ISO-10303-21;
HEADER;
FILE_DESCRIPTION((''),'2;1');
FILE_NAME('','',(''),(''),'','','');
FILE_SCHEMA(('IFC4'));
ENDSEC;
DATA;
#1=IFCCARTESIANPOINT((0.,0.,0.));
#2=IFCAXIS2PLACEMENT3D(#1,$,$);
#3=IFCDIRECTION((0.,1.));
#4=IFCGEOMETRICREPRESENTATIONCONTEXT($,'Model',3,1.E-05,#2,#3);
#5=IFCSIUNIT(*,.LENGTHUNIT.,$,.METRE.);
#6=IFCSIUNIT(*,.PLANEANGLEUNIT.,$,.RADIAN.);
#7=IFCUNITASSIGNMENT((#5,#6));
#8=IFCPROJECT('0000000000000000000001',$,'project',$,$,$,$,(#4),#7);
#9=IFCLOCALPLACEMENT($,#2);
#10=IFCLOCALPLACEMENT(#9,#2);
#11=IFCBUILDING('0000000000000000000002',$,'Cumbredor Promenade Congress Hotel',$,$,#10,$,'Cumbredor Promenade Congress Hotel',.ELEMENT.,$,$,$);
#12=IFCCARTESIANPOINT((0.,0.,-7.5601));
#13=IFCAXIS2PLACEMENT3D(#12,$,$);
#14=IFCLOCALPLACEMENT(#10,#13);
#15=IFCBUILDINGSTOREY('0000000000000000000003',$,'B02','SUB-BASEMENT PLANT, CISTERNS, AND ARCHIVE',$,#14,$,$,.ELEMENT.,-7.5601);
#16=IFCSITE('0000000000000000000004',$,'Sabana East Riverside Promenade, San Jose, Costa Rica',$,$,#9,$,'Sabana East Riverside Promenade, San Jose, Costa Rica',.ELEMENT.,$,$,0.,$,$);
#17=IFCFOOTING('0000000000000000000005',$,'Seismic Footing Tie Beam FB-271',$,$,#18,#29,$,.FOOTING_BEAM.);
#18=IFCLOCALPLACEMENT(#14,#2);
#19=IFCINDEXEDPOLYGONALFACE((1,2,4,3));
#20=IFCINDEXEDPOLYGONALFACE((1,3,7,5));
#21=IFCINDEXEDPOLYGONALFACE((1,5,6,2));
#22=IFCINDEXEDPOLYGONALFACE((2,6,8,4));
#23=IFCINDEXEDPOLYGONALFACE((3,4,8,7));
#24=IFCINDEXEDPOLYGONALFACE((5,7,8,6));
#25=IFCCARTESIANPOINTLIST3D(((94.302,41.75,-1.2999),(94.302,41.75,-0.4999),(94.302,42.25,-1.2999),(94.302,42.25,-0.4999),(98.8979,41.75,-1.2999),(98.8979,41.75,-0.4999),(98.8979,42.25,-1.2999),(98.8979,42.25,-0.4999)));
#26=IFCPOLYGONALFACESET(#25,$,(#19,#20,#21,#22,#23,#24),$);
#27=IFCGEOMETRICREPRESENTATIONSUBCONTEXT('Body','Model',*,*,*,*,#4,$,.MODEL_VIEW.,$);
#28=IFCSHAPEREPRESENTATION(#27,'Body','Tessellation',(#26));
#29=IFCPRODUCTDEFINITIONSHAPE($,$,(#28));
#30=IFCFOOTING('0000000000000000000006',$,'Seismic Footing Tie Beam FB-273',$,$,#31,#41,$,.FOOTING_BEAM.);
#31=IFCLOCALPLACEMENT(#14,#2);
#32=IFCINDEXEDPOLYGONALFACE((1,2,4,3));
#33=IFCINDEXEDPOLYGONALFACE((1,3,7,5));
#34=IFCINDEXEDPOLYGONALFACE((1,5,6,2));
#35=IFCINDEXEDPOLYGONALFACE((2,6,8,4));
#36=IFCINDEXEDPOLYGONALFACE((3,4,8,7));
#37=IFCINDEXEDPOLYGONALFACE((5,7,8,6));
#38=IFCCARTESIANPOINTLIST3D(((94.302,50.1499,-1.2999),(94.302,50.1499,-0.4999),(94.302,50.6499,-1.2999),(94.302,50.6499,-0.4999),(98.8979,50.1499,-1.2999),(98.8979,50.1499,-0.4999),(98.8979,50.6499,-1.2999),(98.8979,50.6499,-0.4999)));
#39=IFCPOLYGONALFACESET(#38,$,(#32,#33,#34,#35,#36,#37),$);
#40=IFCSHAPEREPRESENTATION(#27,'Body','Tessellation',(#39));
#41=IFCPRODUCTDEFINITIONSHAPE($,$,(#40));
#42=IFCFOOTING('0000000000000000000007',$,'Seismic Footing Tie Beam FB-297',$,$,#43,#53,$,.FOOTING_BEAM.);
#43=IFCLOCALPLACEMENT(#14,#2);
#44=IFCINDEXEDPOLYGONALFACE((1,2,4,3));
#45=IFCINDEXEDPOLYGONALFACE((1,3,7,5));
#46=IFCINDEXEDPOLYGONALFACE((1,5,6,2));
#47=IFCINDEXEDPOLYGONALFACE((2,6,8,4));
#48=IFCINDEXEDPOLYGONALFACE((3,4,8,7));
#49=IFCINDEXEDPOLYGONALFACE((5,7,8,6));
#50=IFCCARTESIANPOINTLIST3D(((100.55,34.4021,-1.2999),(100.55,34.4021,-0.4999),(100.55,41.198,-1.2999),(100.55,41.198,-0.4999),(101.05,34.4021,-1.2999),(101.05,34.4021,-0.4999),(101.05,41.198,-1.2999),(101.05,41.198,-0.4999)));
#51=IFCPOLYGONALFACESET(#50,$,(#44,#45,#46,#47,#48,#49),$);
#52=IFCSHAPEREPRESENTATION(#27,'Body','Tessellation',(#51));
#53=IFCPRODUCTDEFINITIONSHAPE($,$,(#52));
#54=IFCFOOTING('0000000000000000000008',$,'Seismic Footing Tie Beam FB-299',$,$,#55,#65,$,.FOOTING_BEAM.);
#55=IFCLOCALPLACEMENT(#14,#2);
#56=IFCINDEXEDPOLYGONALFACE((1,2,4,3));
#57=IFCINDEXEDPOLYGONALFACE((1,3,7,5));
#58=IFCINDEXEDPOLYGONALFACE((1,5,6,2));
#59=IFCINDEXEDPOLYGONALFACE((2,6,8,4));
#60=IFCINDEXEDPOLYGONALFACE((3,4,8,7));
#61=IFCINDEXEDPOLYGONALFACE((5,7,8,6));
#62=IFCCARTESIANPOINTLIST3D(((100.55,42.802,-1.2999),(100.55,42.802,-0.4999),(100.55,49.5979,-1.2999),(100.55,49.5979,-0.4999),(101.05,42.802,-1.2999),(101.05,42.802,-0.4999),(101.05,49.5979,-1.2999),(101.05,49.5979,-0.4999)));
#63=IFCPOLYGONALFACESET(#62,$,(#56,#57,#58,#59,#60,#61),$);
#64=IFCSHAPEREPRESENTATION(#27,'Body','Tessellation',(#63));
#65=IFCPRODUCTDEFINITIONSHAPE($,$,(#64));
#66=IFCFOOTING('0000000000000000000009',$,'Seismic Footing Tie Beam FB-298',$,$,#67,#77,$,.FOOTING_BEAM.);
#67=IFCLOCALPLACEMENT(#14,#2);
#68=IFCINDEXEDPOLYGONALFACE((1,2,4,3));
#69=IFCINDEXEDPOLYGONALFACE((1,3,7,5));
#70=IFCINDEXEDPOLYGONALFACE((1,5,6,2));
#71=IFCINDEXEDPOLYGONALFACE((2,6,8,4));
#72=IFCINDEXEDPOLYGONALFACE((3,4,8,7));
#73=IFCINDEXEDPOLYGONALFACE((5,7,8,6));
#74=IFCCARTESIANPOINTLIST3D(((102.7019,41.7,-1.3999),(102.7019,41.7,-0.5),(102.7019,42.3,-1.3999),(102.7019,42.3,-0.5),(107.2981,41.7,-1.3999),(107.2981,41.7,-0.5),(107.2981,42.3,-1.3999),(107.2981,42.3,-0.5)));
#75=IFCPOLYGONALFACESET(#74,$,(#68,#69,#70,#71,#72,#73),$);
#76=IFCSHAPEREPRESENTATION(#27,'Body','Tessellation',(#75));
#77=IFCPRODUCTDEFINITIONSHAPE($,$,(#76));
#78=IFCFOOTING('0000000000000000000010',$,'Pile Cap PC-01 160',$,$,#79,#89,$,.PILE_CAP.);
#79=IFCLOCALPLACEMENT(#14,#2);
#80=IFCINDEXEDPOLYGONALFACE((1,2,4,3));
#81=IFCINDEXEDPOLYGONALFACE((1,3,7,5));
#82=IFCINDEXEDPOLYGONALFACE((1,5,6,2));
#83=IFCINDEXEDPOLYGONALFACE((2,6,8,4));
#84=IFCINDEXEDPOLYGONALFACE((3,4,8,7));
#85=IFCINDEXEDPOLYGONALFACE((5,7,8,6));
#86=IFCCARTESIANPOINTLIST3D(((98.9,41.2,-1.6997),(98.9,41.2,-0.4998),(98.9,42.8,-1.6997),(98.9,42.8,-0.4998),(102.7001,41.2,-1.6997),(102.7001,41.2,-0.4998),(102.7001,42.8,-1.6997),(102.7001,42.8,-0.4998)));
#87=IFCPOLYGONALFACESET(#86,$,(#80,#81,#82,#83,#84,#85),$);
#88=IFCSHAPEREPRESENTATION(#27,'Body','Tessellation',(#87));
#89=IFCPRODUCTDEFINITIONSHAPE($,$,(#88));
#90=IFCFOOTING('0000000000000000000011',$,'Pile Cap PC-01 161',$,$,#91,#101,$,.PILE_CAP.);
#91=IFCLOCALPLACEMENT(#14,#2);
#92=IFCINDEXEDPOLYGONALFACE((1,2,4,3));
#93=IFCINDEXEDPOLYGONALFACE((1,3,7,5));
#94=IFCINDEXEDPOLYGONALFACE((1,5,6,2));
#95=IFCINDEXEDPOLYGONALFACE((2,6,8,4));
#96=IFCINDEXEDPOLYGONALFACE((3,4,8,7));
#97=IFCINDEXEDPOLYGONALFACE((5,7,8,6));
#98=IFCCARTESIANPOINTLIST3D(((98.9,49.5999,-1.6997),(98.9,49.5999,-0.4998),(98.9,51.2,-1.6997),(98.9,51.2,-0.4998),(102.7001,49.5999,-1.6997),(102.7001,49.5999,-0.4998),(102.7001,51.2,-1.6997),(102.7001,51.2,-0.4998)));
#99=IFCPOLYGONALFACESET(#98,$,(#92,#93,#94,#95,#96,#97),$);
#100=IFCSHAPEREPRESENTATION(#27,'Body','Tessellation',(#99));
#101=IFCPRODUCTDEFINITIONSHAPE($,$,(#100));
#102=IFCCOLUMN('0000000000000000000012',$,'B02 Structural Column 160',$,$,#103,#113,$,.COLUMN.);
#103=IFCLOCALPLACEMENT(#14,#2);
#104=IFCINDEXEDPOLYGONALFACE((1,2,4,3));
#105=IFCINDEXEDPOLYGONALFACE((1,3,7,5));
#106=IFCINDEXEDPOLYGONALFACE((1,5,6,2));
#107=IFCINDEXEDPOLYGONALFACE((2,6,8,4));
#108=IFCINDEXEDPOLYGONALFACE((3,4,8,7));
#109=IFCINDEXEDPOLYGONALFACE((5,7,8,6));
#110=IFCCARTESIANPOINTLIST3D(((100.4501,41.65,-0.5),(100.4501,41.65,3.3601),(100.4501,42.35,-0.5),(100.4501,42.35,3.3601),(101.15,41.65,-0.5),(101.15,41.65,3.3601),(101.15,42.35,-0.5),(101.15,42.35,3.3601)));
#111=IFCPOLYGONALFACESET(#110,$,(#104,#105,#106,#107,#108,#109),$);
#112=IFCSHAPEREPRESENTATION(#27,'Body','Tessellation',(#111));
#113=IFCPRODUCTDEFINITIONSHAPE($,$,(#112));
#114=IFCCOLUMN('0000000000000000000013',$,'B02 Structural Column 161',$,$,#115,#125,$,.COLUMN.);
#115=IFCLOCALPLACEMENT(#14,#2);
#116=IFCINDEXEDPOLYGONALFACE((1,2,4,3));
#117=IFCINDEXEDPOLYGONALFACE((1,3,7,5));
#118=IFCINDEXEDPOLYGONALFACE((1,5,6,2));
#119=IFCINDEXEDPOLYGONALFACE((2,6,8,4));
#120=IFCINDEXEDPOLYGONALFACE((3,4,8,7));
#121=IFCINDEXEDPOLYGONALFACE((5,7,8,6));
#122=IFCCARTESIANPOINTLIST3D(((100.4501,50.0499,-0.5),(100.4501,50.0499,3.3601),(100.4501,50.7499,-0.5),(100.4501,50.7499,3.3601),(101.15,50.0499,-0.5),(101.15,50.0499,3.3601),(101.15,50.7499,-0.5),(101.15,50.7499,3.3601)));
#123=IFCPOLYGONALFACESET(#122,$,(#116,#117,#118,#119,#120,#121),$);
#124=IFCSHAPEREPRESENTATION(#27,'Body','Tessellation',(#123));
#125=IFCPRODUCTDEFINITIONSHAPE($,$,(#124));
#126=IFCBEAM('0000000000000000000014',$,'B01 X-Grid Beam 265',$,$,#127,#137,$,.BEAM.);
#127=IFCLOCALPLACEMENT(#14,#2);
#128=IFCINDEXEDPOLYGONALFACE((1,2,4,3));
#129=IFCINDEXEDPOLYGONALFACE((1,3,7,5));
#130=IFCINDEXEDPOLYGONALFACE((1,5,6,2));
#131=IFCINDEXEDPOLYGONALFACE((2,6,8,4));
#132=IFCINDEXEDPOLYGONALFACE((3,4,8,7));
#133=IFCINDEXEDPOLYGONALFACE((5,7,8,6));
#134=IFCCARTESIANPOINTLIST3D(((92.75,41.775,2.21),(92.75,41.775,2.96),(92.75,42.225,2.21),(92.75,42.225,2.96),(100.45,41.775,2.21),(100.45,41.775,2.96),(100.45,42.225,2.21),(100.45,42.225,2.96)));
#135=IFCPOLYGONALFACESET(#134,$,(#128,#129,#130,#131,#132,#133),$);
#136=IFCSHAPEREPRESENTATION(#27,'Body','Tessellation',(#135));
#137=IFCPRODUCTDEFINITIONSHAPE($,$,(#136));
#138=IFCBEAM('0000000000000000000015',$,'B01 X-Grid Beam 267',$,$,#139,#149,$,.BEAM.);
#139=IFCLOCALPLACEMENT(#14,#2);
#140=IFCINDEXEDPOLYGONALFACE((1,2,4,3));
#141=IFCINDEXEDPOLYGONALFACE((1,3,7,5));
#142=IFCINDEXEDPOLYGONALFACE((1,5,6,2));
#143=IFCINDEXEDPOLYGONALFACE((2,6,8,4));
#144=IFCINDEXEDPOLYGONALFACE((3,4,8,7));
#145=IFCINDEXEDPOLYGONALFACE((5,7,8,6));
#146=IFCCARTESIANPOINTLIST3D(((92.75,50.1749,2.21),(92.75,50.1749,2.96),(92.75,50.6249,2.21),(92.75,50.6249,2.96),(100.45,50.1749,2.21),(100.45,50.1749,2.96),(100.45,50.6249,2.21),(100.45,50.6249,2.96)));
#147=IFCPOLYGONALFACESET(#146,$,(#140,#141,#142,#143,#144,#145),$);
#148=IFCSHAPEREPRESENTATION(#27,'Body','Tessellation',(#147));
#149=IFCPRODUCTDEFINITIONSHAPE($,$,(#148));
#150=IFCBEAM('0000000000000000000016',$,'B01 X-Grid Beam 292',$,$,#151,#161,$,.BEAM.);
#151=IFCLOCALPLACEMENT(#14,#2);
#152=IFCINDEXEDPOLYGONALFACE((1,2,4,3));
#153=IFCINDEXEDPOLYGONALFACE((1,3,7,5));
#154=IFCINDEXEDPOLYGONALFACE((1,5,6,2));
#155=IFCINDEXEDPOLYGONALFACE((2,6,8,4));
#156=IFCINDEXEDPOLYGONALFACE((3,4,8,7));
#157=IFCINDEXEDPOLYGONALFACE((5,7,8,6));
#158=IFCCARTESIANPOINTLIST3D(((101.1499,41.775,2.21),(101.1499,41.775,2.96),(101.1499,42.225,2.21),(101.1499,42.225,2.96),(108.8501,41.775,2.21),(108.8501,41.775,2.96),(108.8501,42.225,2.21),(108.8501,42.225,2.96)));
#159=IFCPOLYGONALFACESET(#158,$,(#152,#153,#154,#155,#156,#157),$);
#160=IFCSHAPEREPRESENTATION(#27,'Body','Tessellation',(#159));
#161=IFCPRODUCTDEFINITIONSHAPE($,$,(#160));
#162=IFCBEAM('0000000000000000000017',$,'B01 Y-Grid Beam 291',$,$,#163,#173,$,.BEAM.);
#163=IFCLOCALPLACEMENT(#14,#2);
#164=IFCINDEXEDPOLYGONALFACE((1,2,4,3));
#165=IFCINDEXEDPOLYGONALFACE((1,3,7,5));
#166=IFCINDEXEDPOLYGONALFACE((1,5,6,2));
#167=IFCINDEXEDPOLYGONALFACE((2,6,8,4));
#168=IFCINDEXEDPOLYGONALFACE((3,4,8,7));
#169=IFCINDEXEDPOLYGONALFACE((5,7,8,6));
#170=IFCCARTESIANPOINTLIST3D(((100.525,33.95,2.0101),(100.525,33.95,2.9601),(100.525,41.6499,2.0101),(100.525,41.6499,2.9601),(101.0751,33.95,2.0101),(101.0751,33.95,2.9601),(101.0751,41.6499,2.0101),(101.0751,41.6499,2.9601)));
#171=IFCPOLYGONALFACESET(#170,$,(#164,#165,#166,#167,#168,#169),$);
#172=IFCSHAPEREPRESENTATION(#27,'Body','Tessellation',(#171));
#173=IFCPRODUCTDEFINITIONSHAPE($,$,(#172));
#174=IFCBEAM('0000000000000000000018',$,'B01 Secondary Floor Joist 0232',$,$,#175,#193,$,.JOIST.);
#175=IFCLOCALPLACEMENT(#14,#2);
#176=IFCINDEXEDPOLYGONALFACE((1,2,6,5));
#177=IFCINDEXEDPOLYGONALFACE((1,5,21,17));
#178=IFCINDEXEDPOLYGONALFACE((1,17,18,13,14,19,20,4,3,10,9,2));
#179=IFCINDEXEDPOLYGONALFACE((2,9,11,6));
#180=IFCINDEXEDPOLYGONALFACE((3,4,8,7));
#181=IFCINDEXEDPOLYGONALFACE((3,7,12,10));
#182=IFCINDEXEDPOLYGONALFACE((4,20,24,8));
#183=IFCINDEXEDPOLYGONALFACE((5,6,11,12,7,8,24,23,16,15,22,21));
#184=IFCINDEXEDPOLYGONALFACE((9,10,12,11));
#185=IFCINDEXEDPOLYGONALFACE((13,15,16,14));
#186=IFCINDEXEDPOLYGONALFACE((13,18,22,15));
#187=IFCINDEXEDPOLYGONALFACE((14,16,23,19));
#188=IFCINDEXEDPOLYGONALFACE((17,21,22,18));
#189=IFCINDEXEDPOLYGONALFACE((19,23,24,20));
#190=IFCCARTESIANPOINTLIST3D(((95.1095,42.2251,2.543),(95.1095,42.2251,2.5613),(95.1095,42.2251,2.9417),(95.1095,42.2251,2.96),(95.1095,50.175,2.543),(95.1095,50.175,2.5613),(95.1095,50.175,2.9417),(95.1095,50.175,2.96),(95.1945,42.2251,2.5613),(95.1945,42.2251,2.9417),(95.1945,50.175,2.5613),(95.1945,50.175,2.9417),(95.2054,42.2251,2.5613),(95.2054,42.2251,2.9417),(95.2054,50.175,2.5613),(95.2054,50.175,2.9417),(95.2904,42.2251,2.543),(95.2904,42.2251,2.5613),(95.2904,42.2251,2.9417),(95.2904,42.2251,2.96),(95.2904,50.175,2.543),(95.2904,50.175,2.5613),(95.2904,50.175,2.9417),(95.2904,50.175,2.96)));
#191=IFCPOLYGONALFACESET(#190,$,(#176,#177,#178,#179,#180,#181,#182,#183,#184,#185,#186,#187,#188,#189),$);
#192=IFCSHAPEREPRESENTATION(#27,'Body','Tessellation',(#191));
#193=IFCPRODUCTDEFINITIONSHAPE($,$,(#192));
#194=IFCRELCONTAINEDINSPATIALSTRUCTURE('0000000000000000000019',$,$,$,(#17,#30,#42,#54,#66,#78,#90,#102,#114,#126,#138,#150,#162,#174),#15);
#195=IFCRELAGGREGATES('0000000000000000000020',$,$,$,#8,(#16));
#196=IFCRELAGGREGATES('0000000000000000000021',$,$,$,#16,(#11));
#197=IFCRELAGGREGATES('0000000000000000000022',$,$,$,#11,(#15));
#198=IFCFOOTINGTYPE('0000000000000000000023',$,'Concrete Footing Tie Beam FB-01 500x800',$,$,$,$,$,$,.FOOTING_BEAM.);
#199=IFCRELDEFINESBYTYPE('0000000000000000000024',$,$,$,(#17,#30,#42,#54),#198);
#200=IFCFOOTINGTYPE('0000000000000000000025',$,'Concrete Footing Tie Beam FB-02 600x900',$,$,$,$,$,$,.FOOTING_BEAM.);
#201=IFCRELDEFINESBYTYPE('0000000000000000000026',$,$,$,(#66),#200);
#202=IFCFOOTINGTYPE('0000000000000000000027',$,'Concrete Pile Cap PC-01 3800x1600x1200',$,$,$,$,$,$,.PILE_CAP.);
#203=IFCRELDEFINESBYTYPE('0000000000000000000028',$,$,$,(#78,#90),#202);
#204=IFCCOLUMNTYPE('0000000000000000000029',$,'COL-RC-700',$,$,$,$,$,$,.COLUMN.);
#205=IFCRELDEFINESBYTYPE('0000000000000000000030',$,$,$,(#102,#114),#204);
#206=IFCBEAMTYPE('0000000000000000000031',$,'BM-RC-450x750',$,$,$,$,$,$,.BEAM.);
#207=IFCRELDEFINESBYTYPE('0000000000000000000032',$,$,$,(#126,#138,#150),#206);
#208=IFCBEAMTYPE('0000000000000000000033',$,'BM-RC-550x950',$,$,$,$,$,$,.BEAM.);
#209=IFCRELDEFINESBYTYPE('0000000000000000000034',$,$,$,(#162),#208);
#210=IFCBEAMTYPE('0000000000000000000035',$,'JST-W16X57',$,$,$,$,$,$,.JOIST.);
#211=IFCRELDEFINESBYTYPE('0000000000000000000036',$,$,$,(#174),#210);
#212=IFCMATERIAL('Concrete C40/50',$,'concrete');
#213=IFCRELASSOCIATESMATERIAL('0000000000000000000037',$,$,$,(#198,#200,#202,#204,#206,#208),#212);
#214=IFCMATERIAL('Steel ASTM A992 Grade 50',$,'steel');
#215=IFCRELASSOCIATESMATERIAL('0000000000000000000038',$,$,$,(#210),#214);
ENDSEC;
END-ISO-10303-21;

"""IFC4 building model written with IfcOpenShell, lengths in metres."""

from ifc_helpers import new_model, si_unit, direction, frame, origin, origin_2d, place, context, subcontext, project, spatial, rectangle, i_section, extrude, material, material_profile, profile_set, type_object, element, save


model = new_model("IFC4")

# Units and contexts
model_context = context("Model", 3, precision=1e-05, world=origin(), true_north=direction((0.0, 1.0)))
body_context = subcontext(model_context, "Body", "Model", "MODEL_VIEW")
ifc_project = project(units=[si_unit("LENGTHUNIT", "METRE"), si_unit("PLANEANGLEUNIT", "RADIAN")], contexts=[model_context])

# Site, building, storey
site_placement = place(None, origin())
site = spatial("IfcSite", under=ifc_project, at=site_placement, Name="Sabana East Riverside Promenade, San Jose, Costa Rica", LongName="Sabana East Riverside Promenade, San Jose, Costa Rica", CompositionType="ELEMENT", RefElevation=0.0)
building_placement = place(site_placement, origin())
building = spatial("IfcBuilding", under=site, at=building_placement, Name="Cumbredor Promenade Congress Hotel", LongName="Cumbredor Promenade Congress Hotel", CompositionType="ELEMENT")
storey_placement = place(building_placement, frame((0.0, 0.0, -7.5601)))
storey = spatial("IfcBuildingStorey", under=building, at=storey_placement, Name="B02", Description="SUB-BASEMENT PLANT, CISTERNS, AND ARCHIVE", CompositionType="ELEMENT", Elevation=-7.5601)

# Shared definitions
ifc_material_1 = material(Name="Concrete C40/50", Category="concrete")

# Footings
ifc_material_profile_1 = material_profile(ifc_material_1, rectangle(XDim=0.5, YDim=0.8, at=origin_2d()), Name="FB 500x800")
ifc_profile_set_1 = profile_set([ifc_material_profile_1], Name="Concrete C40/50")
footing_type_1 = type_object("IfcFootingType", Name="Concrete Footing Tie Beam FB-01 500x800", PredefinedType="FOOTING_BEAM", material=ifc_profile_set_1)
for number, where, z_axis, x_axis, name in (
    (1, (94.302, 42.0, -0.8999), (1.0, 0.0, 0.0), (0.0, 1.0, 0.0), "Seismic Footing Tie Beam FB-271"),
    (2, (94.302, 50.3999, -0.8999), (1.0, 0.0, 0.0), (0.0, 1.0, 0.0), "Seismic Footing Tie Beam FB-273"),
):
    element("IfcFooting", number, at=place(storey_placement, frame(where, z_axis=z_axis, x_axis=x_axis)), inside=storey, type_object=footing_type_1, Name=name, PredefinedType="FOOTING_BEAM", context=body_context, shape_type="SweptSolid", body=[
        extrude(rectangle(XDim=0.5, YDim=0.8, at=origin_2d()), origin(), (0.0, 0.0, 1.0), 4.5959),
    ])
for number, where, z_axis, x_axis, name in (
    (3, (100.8, 34.4021, -0.8999), (0.0, 1.0, 0.0), (-1.0, 0.0, 0.0), "Seismic Footing Tie Beam FB-297"),
    (4, (100.8, 42.802, -0.8999), (0.0, 1.0, 0.0), (-1.0, 0.0, 0.0), "Seismic Footing Tie Beam FB-299"),
):
    element("IfcFooting", number, at=place(storey_placement, frame(where, z_axis=z_axis, x_axis=x_axis)), inside=storey, type_object=footing_type_1, Name=name, PredefinedType="FOOTING_BEAM", context=body_context, shape_type="SweptSolid", body=[
        extrude(rectangle(XDim=0.5, YDim=0.8, at=origin_2d()), origin(), (0.0, 0.0, 1.0), 6.7959),
    ])
ifc_material_profile_2 = material_profile(ifc_material_1, rectangle(XDim=0.6001, YDim=0.8999, at=origin_2d()), Name="FB 600x900")
ifc_profile_set_2 = profile_set([ifc_material_profile_2], Name="Concrete C40/50")
footing_type_2 = type_object("IfcFootingType", Name="Concrete Footing Tie Beam FB-02 600x900", PredefinedType="FOOTING_BEAM", material=ifc_profile_set_2)
footing_placement = place(storey_placement, frame((102.7019, 42.0, -0.95), z_axis=(1.0, 0.0, 0.0), x_axis=(0.0, 1.0, 0.0)))
element("IfcFooting", 5, at=footing_placement, inside=storey, type_object=footing_type_2, Name="Seismic Footing Tie Beam FB-298", PredefinedType="FOOTING_BEAM", context=body_context, shape_type="SweptSolid", body=[
    extrude(rectangle(XDim=0.6001, YDim=0.8999, at=origin_2d()), origin(), (0.0, 0.0, 1.0), 4.5962),
])
footing_type_3 = type_object("IfcFootingType", Name="Concrete Pile Cap PC-01 3800x1600x1200", PredefinedType="PILE_CAP", material=ifc_material_1)
for number, where, z_axis, x_axis, name in (
    (6, (100.8, 42.0, -1.6997), (0.0, 0.0, 1.0), (1.0, 0.0, 0.0), "Pile Cap PC-01 160"),
    (7, (100.8, 50.3999, -1.6997), (0.0, 0.0, 1.0), (1.0, 0.0, 0.0), "Pile Cap PC-01 161"),
):
    element("IfcFooting", number, at=place(storey_placement, frame(where, z_axis=z_axis, x_axis=x_axis)), inside=storey, type_object=footing_type_3, Name=name, PredefinedType="PILE_CAP", context=body_context, shape_type="SweptSolid", body=[
        extrude(rectangle(XDim=3.8, YDim=1.6001, at=origin_2d()), origin(), (0.0, 0.0, 1.0), 1.2),
    ])

# Columns
ifc_material_profile_3 = material_profile(ifc_material_1, rectangle(XDim=0.7, YDim=0.7, at=origin_2d()), Name="RC 700x700")
ifc_profile_set_3 = profile_set([ifc_material_profile_3], Name="Concrete C40/50")
column_type = type_object("IfcColumnType", Name="COL-RC-700", PredefinedType="COLUMN", material=ifc_profile_set_3)
for number, where, z_axis, x_axis, name in (
    (8, (100.8, 42.0, -0.5), (0.0, 0.0, 1.0), (1.0, 0.0, 0.0), "B02 Structural Column 160"),
    (9, (100.8, 50.3999, -0.5), (0.0, 0.0, 1.0), (1.0, 0.0, 0.0), "B02 Structural Column 161"),
):
    element("IfcColumn", number, at=place(storey_placement, frame(where, z_axis=z_axis, x_axis=x_axis)), inside=storey, type_object=column_type, Name=name, PredefinedType="COLUMN", context=body_context, shape_type="SweptSolid", body=[
        extrude(rectangle(XDim=0.7, YDim=0.7, at=origin_2d()), origin(), (0.0, 0.0, 1.0), 3.8601),
    ])

# Beams
ifc_material_profile_4 = material_profile(ifc_material_1, rectangle(XDim=0.45, YDim=0.75, at=origin_2d()), Name="RC BEAM 450x750")
ifc_profile_set_4 = profile_set([ifc_material_profile_4], Name="Concrete C40/50")
beam_type_1 = type_object("IfcBeamType", Name="BM-RC-450x750", PredefinedType="BEAM", material=ifc_profile_set_4)
for number, where, z_axis, x_axis, name in (
    (10, (92.75, 42.0, 2.585), (1.0, 0.0, 0.0), (0.0, 1.0, 0.0), "B01 X-Grid Beam 265"),
    (11, (92.75, 50.3999, 2.585), (1.0, 0.0, 0.0), (0.0, 1.0, 0.0), "B01 X-Grid Beam 267"),
):
    element("IfcBeam", number, at=place(storey_placement, frame(where, z_axis=z_axis, x_axis=x_axis)), inside=storey, type_object=beam_type_1, Name=name, PredefinedType="BEAM", context=body_context, shape_type="SweptSolid", body=[
        extrude(rectangle(XDim=0.45, YDim=0.75, at=origin_2d()), origin(), (0.0, 0.0, 1.0), 7.7),
    ])
beam_1_placement = place(storey_placement, frame((101.1499, 42.0, 2.585), z_axis=(1.0, 0.0, 0.0), x_axis=(0.0, 1.0, 0.0)))
element("IfcBeam", 12, at=beam_1_placement, inside=storey, type_object=beam_type_1, Name="B01 X-Grid Beam 292", PredefinedType="BEAM", context=body_context, shape_type="SweptSolid", body=[
    extrude(rectangle(XDim=0.45, YDim=0.75, at=origin_2d()), origin(), (0.0, 0.0, 1.0), 7.7002),
])
ifc_material_profile_5 = material_profile(ifc_material_1, rectangle(XDim=0.55, YDim=0.95, at=origin_2d()), Name="RC BEAM 550x950")
ifc_profile_set_5 = profile_set([ifc_material_profile_5], Name="Concrete C40/50")
beam_type_2 = type_object("IfcBeamType", Name="BM-RC-550x950", PredefinedType="BEAM", material=ifc_profile_set_5)
beam_2_placement = place(storey_placement, frame((100.8, 33.95, 2.4851), z_axis=(0.0, 1.0, 0.0), x_axis=(-1.0, 0.0, 0.0)))
element("IfcBeam", 13, at=beam_2_placement, inside=storey, type_object=beam_type_2, Name="B01 Y-Grid Beam 291", PredefinedType="BEAM", context=body_context, shape_type="SweptSolid", body=[
    extrude(rectangle(XDim=0.55, YDim=0.95, at=origin_2d()), origin(), (0.0, 0.0, 1.0), 7.7),
])
ifc_material_2 = material(Name="Steel ASTM A992 Grade 50", Category="steel")
ifc_material_profile_6 = material_profile(ifc_material_2, i_section(OverallWidth=0.1809, OverallDepth=0.417, WebThickness=0.011, FlangeThickness=0.0183, at=origin_2d()), Name="W16X57")
ifc_profile_set_6 = profile_set([ifc_material_profile_6], Name="Steel ASTM A992 Grade 50")
beam_type_3 = type_object("IfcBeamType", Name="JST-W16X57", PredefinedType="JOIST", material=ifc_profile_set_6)
for number, where, z_axis, x_axis, name in (
    (14, (95.2, 42.2251, 2.7515), (0.0, 1.0, 0.0), (-1.0, 0.0, 0.0), "B01 Secondary Floor Joist 0232"),
):
    element("IfcBeam", number, at=place(storey_placement, frame(where, z_axis=z_axis, x_axis=x_axis)), inside=storey, type_object=beam_type_3, Name=name, PredefinedType="JOIST", context=body_context, shape_type="SweptSolid", body=[
        extrude(i_section(OverallWidth=0.1809, OverallDepth=0.417, WebThickness=0.011, FlangeThickness=0.0183, at=origin_2d()), origin(), (0.0, 0.0, 1.0), 7.95),
    ])

save(model, "model.ifc")
